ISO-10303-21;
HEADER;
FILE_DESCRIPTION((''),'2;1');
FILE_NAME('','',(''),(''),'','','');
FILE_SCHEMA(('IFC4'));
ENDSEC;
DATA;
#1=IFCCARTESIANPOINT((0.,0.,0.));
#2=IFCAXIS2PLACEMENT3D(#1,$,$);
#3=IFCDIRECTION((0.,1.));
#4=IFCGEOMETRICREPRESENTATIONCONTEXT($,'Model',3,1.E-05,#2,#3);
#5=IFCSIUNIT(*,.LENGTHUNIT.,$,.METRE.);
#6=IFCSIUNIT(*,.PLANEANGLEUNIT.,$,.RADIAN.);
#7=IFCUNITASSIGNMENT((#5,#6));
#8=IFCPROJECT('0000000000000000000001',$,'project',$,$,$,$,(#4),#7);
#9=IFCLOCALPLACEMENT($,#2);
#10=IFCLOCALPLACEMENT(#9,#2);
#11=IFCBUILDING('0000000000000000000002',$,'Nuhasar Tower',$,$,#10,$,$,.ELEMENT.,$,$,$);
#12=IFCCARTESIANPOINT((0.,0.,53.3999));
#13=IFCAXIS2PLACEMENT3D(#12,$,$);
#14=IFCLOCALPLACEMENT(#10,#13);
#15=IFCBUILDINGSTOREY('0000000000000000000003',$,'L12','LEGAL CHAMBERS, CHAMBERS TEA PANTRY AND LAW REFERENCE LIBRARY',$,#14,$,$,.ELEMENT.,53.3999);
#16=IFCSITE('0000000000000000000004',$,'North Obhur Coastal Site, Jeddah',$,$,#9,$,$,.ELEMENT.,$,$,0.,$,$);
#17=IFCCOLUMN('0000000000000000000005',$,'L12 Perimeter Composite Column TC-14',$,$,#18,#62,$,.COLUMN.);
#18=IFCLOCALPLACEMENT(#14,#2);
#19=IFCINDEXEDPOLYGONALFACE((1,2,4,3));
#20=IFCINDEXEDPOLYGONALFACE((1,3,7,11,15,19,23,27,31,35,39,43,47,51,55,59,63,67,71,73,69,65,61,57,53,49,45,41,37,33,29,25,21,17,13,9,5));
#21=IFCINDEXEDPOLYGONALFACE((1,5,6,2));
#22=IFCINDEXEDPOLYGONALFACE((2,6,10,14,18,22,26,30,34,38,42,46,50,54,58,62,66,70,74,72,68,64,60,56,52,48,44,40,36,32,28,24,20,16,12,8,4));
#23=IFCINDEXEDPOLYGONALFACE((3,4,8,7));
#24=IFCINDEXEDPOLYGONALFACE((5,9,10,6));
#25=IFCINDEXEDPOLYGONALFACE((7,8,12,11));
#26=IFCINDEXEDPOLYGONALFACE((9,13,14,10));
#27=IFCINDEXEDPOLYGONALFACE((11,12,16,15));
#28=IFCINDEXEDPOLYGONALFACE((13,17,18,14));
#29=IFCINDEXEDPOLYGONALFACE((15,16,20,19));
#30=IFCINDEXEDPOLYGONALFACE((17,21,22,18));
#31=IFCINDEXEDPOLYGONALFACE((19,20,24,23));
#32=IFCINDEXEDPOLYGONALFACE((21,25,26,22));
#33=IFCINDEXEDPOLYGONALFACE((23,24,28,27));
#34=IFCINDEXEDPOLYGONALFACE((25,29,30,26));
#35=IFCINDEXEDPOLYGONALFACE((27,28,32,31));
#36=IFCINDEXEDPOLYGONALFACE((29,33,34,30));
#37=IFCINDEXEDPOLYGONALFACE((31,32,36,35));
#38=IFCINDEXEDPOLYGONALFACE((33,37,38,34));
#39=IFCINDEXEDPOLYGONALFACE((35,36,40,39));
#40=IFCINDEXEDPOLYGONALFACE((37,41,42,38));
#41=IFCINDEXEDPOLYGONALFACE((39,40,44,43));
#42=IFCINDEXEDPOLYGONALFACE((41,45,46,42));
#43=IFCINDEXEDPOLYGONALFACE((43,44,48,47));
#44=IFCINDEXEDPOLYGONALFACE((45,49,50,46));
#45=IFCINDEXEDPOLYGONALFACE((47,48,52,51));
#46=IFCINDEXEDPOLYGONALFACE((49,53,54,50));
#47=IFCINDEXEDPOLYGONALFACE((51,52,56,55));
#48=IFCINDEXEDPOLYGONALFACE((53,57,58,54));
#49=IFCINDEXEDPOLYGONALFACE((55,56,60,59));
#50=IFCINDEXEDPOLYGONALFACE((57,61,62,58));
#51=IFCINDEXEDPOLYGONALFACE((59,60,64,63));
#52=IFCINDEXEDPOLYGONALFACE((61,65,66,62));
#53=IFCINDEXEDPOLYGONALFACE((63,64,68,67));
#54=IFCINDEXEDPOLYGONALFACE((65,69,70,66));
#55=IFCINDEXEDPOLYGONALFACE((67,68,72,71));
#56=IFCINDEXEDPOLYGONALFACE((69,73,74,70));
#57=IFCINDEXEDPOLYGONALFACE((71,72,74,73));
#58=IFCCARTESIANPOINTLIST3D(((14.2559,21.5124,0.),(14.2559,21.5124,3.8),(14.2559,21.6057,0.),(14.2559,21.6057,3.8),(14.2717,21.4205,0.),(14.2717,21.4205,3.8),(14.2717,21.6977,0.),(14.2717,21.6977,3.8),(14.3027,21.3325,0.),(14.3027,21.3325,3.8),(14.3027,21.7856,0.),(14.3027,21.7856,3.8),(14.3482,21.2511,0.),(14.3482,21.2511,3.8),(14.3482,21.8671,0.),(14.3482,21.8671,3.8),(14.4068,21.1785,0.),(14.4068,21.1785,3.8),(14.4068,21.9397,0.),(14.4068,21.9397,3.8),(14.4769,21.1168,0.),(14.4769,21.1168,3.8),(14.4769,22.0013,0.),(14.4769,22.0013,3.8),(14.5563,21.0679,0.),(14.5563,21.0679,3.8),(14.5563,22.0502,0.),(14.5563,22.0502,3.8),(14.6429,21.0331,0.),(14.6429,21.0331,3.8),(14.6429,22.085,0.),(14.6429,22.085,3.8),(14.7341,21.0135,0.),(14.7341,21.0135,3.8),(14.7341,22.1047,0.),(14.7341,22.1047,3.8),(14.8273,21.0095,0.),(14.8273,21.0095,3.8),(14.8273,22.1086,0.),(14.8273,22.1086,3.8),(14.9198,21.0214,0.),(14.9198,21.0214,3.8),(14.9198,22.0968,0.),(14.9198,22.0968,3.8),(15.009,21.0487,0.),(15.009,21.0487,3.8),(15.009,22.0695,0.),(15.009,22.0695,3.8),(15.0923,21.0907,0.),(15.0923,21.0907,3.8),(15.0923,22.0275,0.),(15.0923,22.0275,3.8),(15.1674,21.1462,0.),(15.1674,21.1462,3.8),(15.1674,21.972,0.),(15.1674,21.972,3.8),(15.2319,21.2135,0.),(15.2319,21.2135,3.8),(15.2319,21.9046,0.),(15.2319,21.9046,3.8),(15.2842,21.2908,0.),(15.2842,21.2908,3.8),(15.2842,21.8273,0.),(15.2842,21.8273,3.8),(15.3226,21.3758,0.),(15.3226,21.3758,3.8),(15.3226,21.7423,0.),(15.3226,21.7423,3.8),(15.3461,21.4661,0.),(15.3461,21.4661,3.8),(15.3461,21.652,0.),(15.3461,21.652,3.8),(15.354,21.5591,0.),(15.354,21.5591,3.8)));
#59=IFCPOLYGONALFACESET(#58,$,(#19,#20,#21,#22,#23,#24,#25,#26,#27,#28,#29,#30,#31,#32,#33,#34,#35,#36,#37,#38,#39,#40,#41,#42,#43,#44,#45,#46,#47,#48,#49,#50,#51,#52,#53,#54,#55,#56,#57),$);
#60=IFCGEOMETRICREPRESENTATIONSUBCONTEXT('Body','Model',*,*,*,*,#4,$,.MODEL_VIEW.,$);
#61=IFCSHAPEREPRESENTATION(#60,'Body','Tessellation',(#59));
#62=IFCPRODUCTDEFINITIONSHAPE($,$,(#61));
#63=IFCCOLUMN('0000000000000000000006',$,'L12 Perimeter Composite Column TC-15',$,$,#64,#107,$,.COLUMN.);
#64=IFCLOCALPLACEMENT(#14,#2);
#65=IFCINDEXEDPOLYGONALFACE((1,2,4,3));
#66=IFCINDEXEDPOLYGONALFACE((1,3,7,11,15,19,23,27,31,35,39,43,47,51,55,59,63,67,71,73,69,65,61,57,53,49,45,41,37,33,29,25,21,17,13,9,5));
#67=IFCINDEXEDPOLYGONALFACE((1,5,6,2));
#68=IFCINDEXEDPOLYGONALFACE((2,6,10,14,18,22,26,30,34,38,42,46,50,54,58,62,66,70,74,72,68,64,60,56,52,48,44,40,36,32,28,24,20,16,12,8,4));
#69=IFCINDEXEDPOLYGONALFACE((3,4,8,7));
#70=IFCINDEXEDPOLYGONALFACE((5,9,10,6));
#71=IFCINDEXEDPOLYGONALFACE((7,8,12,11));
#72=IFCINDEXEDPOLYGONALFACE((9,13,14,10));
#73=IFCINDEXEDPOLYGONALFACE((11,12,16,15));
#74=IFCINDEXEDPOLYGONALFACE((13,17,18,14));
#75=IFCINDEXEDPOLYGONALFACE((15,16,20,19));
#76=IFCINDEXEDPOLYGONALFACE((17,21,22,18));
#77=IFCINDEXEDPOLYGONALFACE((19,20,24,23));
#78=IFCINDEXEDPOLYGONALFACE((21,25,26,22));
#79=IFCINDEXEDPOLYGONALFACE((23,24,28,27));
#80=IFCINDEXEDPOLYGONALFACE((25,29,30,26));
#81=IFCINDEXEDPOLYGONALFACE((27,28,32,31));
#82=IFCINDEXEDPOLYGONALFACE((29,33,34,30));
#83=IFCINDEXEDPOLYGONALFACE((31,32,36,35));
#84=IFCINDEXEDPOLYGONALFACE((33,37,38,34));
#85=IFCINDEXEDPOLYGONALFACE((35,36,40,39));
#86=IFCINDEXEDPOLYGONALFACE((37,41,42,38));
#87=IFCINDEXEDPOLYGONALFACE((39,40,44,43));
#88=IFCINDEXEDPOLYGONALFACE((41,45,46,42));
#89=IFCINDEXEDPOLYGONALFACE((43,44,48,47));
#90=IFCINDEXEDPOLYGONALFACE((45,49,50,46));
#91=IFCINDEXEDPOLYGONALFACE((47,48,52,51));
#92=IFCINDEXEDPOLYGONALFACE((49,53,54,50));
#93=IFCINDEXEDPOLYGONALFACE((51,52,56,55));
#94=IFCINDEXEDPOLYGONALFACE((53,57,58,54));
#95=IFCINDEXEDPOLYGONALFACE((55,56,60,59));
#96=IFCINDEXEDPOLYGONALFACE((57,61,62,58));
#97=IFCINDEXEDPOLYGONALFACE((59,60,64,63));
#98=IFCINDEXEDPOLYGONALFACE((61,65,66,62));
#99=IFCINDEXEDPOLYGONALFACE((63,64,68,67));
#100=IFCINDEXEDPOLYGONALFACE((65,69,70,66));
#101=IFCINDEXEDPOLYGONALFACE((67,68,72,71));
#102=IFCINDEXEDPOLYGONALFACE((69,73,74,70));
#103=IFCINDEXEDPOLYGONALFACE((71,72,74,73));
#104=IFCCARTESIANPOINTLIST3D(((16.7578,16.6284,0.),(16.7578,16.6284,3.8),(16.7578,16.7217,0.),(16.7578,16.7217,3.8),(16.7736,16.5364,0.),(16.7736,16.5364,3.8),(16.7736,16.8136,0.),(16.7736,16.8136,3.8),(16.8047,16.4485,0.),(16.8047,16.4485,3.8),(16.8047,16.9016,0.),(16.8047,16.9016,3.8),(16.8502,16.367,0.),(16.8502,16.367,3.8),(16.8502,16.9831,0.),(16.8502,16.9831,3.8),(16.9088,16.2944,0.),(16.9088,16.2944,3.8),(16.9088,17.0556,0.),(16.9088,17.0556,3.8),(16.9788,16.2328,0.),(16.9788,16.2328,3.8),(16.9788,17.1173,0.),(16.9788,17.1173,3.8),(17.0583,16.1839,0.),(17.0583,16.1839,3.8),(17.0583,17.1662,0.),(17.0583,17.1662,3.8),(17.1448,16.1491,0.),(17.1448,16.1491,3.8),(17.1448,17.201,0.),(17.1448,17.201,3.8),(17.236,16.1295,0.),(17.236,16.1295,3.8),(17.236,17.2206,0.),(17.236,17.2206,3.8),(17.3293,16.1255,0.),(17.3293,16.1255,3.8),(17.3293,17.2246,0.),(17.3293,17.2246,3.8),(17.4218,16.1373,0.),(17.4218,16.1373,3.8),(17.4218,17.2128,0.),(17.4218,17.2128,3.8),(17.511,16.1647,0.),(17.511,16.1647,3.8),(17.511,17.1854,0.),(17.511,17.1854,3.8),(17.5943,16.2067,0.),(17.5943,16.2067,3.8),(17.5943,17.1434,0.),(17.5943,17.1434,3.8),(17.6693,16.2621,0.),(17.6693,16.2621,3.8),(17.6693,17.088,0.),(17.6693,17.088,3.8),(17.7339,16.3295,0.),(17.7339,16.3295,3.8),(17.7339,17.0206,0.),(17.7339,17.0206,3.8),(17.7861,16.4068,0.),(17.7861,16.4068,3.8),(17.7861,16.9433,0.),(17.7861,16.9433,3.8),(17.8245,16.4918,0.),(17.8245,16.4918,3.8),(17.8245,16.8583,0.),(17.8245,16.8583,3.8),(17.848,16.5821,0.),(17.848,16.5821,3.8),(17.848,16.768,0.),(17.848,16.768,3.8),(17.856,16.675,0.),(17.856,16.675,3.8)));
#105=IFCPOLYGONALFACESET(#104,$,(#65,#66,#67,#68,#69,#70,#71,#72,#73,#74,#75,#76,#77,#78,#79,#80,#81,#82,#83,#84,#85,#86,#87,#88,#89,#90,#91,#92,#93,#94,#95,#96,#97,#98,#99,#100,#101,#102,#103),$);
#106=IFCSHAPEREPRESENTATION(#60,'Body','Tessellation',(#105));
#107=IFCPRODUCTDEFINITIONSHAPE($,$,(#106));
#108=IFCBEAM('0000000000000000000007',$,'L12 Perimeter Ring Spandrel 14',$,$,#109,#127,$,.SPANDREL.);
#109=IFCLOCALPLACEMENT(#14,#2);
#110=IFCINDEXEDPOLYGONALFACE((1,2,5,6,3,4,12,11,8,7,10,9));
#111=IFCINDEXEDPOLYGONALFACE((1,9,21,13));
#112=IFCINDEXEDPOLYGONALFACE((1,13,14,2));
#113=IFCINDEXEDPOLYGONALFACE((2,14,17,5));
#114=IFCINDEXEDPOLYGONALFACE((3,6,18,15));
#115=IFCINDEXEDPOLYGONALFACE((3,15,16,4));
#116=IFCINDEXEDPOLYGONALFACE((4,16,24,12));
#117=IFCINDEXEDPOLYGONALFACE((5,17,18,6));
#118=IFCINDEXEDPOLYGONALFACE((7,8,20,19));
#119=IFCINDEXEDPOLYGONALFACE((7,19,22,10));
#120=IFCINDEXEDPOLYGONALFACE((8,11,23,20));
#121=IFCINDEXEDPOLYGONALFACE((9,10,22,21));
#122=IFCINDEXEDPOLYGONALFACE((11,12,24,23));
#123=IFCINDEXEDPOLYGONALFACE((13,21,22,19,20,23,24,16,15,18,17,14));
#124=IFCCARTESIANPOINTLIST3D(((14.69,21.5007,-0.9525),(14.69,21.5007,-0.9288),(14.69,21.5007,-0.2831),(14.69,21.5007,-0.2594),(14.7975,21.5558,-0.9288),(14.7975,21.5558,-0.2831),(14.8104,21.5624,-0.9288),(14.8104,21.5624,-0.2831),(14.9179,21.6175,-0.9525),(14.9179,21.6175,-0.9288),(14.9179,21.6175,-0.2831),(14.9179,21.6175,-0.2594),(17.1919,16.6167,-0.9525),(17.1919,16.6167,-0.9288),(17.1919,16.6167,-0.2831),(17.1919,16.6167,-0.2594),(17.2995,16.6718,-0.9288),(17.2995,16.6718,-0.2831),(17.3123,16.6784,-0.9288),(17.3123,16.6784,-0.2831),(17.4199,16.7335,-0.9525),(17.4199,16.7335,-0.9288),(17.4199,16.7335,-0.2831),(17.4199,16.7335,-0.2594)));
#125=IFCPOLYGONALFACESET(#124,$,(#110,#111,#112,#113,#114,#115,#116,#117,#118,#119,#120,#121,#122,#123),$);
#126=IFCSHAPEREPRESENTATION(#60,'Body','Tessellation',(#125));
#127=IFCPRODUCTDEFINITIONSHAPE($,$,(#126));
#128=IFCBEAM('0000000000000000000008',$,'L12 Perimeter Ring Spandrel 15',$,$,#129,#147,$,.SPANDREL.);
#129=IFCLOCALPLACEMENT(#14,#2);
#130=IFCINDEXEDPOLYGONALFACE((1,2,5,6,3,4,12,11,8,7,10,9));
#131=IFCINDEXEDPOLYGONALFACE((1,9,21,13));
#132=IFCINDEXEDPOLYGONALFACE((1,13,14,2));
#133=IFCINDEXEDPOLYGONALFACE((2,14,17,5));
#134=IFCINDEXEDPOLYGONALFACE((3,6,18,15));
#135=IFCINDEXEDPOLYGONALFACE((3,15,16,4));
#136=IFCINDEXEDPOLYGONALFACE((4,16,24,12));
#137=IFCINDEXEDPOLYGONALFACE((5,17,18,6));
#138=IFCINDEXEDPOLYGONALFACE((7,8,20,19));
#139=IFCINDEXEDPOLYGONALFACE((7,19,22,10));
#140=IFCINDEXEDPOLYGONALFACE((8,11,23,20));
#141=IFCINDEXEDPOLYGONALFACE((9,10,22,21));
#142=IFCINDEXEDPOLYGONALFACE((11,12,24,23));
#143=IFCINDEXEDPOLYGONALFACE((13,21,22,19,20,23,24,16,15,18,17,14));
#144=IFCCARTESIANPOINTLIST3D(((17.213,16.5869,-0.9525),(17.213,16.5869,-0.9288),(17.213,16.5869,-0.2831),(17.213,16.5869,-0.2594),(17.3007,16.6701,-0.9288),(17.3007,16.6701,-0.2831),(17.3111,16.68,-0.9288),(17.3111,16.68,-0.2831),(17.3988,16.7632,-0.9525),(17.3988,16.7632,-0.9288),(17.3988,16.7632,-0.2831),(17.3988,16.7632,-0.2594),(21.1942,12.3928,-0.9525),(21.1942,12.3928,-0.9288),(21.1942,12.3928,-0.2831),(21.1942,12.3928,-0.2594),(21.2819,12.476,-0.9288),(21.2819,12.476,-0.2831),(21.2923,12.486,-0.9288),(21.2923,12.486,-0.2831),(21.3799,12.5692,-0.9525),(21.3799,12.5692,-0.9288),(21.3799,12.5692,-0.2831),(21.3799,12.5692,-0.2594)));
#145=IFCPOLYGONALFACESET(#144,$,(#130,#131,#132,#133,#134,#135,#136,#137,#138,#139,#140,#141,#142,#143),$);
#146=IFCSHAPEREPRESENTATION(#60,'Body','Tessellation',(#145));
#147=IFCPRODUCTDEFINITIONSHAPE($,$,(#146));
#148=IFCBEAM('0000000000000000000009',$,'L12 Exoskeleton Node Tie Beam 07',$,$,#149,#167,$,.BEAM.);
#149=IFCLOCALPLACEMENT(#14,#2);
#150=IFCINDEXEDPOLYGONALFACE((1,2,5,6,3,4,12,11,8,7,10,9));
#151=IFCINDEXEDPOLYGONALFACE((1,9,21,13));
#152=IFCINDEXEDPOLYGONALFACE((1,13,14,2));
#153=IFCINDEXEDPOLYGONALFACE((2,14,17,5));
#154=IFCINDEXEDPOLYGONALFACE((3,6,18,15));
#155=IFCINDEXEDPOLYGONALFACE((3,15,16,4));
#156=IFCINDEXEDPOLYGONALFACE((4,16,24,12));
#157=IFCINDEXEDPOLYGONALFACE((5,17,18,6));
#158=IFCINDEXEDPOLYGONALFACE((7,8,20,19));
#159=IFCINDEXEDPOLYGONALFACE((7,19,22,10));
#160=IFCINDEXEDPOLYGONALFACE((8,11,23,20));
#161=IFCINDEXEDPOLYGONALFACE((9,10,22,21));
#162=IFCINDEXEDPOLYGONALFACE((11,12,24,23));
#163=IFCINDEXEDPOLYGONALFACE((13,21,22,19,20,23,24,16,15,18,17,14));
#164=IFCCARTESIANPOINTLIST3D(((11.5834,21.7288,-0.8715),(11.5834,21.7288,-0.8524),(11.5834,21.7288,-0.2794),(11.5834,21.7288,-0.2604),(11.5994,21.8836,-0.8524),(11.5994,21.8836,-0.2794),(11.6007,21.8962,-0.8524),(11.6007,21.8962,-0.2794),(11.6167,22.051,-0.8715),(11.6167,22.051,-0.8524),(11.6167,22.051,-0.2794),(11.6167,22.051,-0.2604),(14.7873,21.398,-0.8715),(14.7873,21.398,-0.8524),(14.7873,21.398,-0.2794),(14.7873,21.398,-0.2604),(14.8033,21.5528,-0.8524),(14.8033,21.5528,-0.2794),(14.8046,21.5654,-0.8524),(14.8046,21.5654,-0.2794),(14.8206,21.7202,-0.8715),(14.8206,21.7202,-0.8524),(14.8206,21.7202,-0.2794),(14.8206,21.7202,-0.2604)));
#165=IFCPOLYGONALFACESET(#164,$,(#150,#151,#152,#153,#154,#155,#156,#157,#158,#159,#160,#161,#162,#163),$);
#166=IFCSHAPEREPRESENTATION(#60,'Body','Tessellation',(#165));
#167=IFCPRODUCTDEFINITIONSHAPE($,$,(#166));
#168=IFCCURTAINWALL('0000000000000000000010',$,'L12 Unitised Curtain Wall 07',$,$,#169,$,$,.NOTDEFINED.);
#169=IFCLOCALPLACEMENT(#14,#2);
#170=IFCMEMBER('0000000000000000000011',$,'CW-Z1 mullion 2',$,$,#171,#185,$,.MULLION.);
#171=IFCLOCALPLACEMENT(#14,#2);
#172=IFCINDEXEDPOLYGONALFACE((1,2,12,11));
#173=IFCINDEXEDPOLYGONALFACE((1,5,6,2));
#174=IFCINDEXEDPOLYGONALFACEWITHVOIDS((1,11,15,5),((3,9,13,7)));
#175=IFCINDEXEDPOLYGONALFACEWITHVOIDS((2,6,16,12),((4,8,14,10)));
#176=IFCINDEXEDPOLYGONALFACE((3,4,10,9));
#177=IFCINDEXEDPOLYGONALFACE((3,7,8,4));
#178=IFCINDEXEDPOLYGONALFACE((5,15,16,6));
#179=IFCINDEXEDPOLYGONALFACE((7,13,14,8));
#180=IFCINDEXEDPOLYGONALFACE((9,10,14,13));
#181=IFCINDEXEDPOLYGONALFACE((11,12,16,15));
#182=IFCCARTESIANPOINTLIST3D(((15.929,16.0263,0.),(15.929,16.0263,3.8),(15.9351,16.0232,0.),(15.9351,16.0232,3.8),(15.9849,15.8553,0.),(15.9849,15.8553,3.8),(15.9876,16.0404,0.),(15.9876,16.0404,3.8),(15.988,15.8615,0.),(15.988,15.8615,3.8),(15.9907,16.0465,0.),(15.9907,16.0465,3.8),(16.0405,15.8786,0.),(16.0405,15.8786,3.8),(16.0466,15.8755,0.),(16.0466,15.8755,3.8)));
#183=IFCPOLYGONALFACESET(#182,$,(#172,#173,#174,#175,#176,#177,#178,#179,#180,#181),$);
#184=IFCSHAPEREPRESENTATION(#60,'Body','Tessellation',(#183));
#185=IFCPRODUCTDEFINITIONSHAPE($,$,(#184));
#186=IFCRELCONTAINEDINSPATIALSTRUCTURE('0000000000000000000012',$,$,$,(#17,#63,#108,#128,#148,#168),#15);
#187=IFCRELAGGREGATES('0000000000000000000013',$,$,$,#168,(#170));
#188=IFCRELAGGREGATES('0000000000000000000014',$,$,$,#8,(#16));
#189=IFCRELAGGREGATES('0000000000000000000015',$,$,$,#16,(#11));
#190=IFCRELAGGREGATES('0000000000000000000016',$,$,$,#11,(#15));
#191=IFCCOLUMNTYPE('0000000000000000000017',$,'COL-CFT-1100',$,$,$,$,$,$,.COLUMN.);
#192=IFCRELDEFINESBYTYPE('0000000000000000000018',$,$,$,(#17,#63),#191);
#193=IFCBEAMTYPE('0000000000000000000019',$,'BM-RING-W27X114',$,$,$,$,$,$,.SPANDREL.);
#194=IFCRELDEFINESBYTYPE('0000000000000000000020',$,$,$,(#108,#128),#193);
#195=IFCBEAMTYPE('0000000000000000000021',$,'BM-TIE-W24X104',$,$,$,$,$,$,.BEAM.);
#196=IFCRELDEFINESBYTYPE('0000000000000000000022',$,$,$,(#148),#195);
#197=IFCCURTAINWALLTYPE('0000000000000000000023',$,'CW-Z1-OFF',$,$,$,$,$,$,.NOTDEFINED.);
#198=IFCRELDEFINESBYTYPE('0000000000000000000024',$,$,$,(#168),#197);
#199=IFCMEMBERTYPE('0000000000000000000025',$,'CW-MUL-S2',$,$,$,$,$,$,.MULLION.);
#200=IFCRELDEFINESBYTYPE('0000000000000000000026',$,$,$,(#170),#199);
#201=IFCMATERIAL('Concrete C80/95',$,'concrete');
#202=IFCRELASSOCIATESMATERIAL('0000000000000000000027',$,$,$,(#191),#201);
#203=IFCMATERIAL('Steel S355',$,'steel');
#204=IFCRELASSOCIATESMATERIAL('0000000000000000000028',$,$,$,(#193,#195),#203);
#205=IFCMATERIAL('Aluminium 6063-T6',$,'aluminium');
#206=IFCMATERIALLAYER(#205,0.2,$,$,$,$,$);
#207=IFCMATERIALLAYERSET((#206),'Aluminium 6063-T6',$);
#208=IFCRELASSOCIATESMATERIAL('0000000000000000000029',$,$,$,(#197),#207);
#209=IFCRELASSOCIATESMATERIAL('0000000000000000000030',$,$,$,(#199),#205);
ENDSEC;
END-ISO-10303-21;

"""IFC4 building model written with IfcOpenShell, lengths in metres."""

from ifc_helpers import new_model, si_unit, direction, frame, origin, origin_2d, place, context, subcontext, project, spatial, hollow_rectangle, circle, i_section, extrude, material, layer, layer_set, material_profile, profile_set, type_object, element, aggregate, save


model = new_model("IFC4")

# Units and contexts
model_context = context("Model", 3, precision=1e-05, world=origin(), true_north=direction((0.0, 1.0)))
body_context = subcontext(model_context, "Body", "Model", "MODEL_VIEW")
ifc_project = project(units=[si_unit("LENGTHUNIT", "METRE"), si_unit("PLANEANGLEUNIT", "RADIAN")], contexts=[model_context])

# Site, building, storey
site_placement = place(None, origin())
site = spatial("IfcSite", under=ifc_project, at=site_placement, Name="North Obhur Coastal Site, Jeddah", CompositionType="ELEMENT", RefElevation=0.0)
building_placement = place(site_placement, origin())
building = spatial("IfcBuilding", under=site, at=building_placement, Name="Nuhasar Tower", CompositionType="ELEMENT")
storey_placement = place(building_placement, frame((0.0, 0.0, 53.3999)))
storey = spatial("IfcBuildingStorey", under=building, at=storey_placement, Name="L12", Description="LEGAL CHAMBERS, CHAMBERS TEA PANTRY AND LAW REFERENCE LIBRARY", CompositionType="ELEMENT", Elevation=53.3999)

# Columns
ifc_material_1 = material(Name="Concrete C80/95", Category="concrete")
ifc_material_profile_1 = material_profile(ifc_material_1, circle(Radius=0.55, at=origin_2d()), Name="CFT1100")
ifc_profile_set_1 = profile_set([ifc_material_profile_1], Name="Concrete C80/95")
column_type = type_object("IfcColumnType", Name="COL-CFT-1100", PredefinedType="COLUMN", material=ifc_profile_set_1)
for number, where, z_axis, x_axis, name in (
    (1, (14.804, 21.5591, 0.0), (0.0, 0.0, 1.0), (1.0, 0.0, 0.0), "L12 Perimeter Composite Column TC-14"),
    (2, (17.3059, 16.675, 0.0), (0.0, 0.0, 1.0), (1.0, 0.0, 0.0), "L12 Perimeter Composite Column TC-15"),
):
    element("IfcColumn", number, at=place(storey_placement, frame(where, z_axis=z_axis, x_axis=x_axis)), inside=storey, type_object=column_type, Name=name, PredefinedType="COLUMN", context=body_context, shape_type="SweptSolid", body=[
        extrude(circle(Radius=0.55, at=origin_2d()), origin(), (0.0, 0.0, 1.0), 3.8),
    ])

# Beams
ifc_material_2 = material(Name="Steel S355", Category="steel")
ifc_material_profile_2 = material_profile(ifc_material_2, i_section(OverallWidth=0.2561, OverallDepth=0.6931, WebThickness=0.0144, FlangeThickness=0.0237, at=origin_2d()), Name="W27X114")
ifc_profile_set_2 = profile_set([ifc_material_profile_2], Name="Steel S355")
beam_type_1 = type_object("IfcBeamType", Name="BM-RING-W27X114", PredefinedType="SPANDREL", material=ifc_profile_set_2)
beam_1_placement = place(storey_placement, frame((14.804, 21.5591, -0.606), z_axis=(0.45593, -0.890016, 0.0), x_axis=(0.890016, 0.45593, 0.0)))
element("IfcBeam", 3, at=beam_1_placement, inside=storey, type_object=beam_type_1, Name="L12 Perimeter Ring Spandrel 14", PredefinedType="SPANDREL", context=body_context, shape_type="SweptSolid", body=[
    extrude(i_section(OverallWidth=0.2561, OverallDepth=0.6931, WebThickness=0.0144, FlangeThickness=0.0237, at=origin_2d()), origin(), (0.0, 0.0, 1.0), 5.4875),
])
beam_2_placement = place(storey_placement, frame((17.3059, 16.675, -0.606), z_axis=(0.68846, -0.725274, 0.0), x_axis=(0.725274, 0.68846, 0.0)))
element("IfcBeam", 4, at=beam_2_placement, inside=storey, type_object=beam_type_1, Name="L12 Perimeter Ring Spandrel 15", PredefinedType="SPANDREL", context=body_context, shape_type="SweptSolid", body=[
    extrude(i_section(OverallWidth=0.2561, OverallDepth=0.6931, WebThickness=0.0144, FlangeThickness=0.0237, at=origin_2d()), origin(), (0.0, 0.0, 1.0), 5.7827),
])
ifc_material_profile_3 = material_profile(ifc_material_2, i_section(OverallWidth=0.324, OverallDepth=0.6111, WebThickness=0.0127, FlangeThickness=0.019, at=origin_2d()), Name="W24X104")
ifc_profile_set_3 = profile_set([ifc_material_profile_3], Name="Steel S355")
beam_type_2 = type_object("IfcBeamType", Name="BM-TIE-W24X104", PredefinedType="BEAM", material=ifc_profile_set_3)
beam_3_placement = place(storey_placement, frame((14.804, 21.5591, -0.5659), z_axis=(-0.994712, 0.102708, 0.0), x_axis=(-0.102708, -0.994712, 0.0)))
element("IfcBeam", 5, at=beam_3_placement, inside=storey, type_object=beam_type_2, Name="L12 Exoskeleton Node Tie Beam 07", PredefinedType="BEAM", context=body_context, shape_type="SweptSolid", body=[
    extrude(i_section(OverallWidth=0.324, OverallDepth=0.6111, WebThickness=0.0127, FlangeThickness=0.019, at=origin_2d()), origin(), (0.0, 0.0, 1.0), 3.2209),
])

# Curtain wall, member
ifc_material_3 = material(Name="Aluminium 6063-T6", Category="aluminium")
ifc_layer_1 = layer(ifc_material_3, 0.2)
ifc_layer_set_1 = layer_set([ifc_layer_1], Name="Aluminium 6063-T6")
curtain_wall_type = type_object("IfcCurtainWallType", Name="CW-Z1-OFF", PredefinedType="NOTDEFINED", material=ifc_layer_set_1)
curtain_wall_1_placement = place(storey_placement, origin())
curtain_wall_1 = element("IfcCurtainWall", 6, at=curtain_wall_1_placement, inside=storey, type_object=curtain_wall_type, Name="L12 Unitised Curtain Wall 07", PredefinedType="NOTDEFINED")
ifc_material_profile_4 = material_profile(ifc_material_3, hollow_rectangle(XDim=0.0649, YDim=0.1799, WallThickness=0.0049, at=origin_2d()), Name="CWM-2")
ifc_profile_set_4 = profile_set([ifc_material_profile_4], Name="Aluminium 6063-T6")
member_type_1 = type_object("IfcMemberType", Name="CW-MUL-S2", PredefinedType="MULLION", material=ifc_profile_set_4)
member_1_placement = place(storey_placement, frame((15.9878, 15.9509, 0.0), z_axis=(0.0, 0.0, 1.0), x_axis=(0.950468, 0.310824, 0.0)))
member_1 = element("IfcMember", 7, at=member_1_placement, type_object=member_type_1, Name="CW-Z1 mullion 2", PredefinedType="MULLION", context=body_context, shape_type="SweptSolid", body=[
    extrude(hollow_rectangle(XDim=0.0649, YDim=0.1799, WallThickness=0.0049, at=origin_2d()), origin(), (0.0, 0.0, 1.0), 3.8),
])

aggregate(curtain_wall_1, [member_1])

save(model, "model.ifc")
